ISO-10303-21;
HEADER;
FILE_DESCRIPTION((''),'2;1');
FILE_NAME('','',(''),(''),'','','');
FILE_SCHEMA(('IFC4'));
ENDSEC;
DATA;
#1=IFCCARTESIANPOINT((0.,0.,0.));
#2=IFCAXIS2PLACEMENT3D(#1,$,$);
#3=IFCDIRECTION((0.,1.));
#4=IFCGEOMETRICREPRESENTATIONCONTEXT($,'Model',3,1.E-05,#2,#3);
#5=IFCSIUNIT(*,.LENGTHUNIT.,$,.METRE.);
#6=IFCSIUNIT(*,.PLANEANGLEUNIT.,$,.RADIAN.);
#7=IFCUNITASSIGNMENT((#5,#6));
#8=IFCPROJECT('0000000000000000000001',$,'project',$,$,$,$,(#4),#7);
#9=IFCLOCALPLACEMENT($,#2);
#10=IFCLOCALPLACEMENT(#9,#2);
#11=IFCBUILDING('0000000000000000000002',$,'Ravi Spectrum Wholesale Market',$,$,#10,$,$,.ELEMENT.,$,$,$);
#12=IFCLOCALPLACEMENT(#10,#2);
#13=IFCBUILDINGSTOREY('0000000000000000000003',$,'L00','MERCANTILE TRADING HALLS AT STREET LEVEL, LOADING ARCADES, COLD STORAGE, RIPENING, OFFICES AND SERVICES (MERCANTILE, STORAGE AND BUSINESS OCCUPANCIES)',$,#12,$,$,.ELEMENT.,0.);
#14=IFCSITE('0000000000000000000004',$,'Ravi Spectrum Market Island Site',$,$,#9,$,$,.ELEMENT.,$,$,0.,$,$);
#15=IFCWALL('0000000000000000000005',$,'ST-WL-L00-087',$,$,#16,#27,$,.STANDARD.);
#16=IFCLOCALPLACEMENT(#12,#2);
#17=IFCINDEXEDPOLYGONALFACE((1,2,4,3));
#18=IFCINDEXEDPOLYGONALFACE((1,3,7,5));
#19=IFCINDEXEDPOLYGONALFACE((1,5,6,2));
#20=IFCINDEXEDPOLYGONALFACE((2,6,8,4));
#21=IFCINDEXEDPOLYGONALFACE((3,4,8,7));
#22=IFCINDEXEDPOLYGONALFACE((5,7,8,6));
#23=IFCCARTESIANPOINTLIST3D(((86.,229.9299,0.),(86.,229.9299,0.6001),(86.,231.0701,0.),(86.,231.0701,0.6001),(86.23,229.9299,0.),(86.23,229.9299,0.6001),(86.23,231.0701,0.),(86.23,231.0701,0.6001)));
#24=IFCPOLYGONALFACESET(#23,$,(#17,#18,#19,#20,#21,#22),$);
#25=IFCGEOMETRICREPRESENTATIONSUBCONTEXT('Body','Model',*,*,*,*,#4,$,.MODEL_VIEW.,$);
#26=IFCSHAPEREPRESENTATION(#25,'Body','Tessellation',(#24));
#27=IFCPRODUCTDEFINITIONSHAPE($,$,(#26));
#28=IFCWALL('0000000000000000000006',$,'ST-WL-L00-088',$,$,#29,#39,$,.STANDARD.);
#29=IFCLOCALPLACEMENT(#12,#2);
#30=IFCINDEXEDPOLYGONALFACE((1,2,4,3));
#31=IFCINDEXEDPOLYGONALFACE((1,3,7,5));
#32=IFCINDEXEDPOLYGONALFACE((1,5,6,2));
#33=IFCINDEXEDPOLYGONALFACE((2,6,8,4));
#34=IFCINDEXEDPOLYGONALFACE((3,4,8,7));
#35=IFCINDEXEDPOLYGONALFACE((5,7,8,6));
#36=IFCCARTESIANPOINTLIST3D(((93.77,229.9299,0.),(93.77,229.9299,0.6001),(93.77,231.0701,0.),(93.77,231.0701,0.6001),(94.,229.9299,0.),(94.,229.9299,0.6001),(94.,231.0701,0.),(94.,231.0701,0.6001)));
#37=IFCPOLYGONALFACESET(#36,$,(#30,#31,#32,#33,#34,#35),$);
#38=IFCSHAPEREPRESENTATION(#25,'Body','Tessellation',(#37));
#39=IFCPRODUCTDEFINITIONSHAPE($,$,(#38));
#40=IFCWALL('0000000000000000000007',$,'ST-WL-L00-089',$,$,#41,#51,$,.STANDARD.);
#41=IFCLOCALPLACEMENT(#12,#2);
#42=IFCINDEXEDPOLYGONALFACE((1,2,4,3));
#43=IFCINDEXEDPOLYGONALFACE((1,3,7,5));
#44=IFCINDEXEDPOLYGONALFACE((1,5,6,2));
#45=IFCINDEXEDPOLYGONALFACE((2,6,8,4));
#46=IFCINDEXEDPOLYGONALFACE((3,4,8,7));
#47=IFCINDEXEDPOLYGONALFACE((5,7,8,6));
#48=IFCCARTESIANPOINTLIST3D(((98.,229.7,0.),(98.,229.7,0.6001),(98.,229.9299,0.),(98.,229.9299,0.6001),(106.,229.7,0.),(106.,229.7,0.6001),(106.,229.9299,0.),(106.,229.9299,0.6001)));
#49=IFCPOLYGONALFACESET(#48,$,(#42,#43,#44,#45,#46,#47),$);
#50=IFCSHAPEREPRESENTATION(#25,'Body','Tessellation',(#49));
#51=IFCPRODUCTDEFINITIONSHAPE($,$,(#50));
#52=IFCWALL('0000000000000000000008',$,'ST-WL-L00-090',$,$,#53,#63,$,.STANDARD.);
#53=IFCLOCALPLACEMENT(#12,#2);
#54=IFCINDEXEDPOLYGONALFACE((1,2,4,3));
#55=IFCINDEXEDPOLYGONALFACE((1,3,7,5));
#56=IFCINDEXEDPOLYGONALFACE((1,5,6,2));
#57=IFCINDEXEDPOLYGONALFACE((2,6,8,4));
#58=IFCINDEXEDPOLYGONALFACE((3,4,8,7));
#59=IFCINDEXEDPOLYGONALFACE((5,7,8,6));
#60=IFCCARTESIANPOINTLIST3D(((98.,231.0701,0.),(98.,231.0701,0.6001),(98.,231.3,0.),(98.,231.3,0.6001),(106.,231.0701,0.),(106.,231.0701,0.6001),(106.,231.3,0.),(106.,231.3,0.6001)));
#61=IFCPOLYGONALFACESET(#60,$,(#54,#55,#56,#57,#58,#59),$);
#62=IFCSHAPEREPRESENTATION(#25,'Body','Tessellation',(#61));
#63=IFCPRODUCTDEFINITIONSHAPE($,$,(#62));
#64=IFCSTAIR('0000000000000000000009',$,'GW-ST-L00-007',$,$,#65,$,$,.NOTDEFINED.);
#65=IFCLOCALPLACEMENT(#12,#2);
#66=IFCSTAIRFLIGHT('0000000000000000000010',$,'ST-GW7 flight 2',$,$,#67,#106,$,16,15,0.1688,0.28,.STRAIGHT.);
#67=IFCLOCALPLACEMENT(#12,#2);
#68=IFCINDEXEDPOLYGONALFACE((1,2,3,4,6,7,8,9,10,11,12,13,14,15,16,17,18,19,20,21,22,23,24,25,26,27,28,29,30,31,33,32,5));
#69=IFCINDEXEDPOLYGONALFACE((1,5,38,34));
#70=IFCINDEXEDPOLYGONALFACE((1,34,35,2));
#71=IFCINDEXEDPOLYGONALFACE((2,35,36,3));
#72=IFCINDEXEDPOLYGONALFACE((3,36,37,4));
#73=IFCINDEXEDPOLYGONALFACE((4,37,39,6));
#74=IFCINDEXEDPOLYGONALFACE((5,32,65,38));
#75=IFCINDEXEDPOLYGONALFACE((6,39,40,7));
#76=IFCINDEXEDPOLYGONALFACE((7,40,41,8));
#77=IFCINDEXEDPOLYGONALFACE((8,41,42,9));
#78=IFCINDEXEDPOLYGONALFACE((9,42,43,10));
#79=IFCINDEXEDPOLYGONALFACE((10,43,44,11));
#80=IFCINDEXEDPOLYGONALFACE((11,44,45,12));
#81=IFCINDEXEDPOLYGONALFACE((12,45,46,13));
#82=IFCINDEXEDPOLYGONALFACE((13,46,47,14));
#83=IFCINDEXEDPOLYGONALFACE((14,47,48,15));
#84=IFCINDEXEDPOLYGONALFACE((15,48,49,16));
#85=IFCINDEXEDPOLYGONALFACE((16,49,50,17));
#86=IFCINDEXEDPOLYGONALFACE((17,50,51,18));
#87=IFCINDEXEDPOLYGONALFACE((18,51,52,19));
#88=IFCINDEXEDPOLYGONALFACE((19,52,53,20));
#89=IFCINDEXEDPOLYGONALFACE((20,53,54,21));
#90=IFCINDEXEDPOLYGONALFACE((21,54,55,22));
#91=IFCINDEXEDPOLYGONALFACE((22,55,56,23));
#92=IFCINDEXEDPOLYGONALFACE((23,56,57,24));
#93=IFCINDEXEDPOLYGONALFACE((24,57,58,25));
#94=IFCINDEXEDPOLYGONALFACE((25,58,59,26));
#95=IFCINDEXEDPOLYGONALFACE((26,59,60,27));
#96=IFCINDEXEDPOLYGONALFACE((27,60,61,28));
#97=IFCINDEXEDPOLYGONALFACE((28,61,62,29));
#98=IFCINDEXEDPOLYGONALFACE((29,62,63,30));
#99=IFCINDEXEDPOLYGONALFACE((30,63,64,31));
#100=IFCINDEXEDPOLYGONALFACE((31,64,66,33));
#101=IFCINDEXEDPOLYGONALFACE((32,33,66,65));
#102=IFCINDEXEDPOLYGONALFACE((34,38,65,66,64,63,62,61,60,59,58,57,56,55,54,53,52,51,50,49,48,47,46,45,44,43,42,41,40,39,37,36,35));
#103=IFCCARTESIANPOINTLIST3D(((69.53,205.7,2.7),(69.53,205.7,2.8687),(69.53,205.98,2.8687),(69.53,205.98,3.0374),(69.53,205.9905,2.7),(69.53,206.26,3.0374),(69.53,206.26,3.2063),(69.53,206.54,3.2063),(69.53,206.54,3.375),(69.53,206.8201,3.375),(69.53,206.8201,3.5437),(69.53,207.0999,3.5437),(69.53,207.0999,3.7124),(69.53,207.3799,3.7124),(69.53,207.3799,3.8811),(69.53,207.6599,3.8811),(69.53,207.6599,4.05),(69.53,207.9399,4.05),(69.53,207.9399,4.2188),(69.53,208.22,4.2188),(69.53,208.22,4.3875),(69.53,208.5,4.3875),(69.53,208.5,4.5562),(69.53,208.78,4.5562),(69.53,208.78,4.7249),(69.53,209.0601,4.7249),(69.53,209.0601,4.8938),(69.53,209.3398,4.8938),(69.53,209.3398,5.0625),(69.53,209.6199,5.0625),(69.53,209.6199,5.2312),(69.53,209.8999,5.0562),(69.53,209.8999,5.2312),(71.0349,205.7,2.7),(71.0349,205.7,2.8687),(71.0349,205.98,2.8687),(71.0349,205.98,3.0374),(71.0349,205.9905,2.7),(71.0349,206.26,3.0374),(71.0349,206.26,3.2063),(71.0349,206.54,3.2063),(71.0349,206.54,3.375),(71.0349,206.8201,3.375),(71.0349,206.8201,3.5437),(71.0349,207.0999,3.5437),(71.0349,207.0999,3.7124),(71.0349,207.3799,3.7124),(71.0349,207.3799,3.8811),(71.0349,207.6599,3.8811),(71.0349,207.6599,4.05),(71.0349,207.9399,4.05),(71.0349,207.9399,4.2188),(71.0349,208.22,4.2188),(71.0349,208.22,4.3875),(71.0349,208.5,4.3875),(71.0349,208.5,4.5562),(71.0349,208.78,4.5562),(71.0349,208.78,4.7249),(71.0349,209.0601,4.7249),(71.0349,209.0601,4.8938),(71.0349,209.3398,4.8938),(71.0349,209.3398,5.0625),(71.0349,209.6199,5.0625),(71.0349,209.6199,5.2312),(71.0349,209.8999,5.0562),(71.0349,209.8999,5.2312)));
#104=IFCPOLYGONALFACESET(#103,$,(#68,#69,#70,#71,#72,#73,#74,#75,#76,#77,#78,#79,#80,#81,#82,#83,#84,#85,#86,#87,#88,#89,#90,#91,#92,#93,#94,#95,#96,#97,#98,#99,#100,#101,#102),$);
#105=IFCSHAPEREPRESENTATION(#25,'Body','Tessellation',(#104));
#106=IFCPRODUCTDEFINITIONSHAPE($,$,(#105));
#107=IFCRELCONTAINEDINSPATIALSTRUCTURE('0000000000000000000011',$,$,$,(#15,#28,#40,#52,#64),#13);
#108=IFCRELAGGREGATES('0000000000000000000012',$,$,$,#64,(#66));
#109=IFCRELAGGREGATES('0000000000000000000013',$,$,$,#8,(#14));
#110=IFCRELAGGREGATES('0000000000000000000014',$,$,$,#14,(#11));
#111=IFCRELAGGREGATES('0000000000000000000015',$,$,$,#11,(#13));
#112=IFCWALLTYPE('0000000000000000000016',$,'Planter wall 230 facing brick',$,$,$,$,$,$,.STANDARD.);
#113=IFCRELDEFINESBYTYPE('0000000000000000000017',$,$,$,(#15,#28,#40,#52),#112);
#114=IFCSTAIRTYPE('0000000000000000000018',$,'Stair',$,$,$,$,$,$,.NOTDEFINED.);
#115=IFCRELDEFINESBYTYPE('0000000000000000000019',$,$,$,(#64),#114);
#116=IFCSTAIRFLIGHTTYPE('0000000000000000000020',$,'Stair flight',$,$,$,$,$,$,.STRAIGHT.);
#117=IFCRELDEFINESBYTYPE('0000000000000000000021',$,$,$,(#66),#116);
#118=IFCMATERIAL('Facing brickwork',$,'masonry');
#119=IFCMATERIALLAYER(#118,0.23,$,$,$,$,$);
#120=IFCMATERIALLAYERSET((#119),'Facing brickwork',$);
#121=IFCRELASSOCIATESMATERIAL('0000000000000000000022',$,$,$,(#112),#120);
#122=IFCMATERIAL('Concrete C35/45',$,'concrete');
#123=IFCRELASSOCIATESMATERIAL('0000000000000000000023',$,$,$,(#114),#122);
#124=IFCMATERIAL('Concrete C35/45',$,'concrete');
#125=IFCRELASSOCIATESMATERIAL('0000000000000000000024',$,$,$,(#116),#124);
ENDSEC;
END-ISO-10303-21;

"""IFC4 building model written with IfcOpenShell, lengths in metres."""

from ifc_helpers import new_model, si_unit, direction, frame, frame_2d, origin, place, context, subcontext, project, spatial, polyline, rectangle, outline, extrude, material, layer, layer_set, type_object, element, aggregate, save


model = new_model("IFC4")

# Units and contexts
model_context = context("Model", 3, precision=1e-05, world=origin(), true_north=direction((0.0, 1.0)))
body_context = subcontext(model_context, "Body", "Model", "MODEL_VIEW")
ifc_project = project(units=[si_unit("LENGTHUNIT", "METRE"), si_unit("PLANEANGLEUNIT", "RADIAN")], contexts=[model_context])

# Site, building, storey
site_placement = place(None, origin())
site = spatial("IfcSite", under=ifc_project, at=site_placement, Name="Ravi Spectrum Market Island Site", CompositionType="ELEMENT", RefElevation=0.0)
building_placement = place(site_placement, origin())
building = spatial("IfcBuilding", under=site, at=building_placement, Name="Ravi Spectrum Wholesale Market", CompositionType="ELEMENT")
storey_placement = place(building_placement, origin())
storey = spatial("IfcBuildingStorey", under=building, at=storey_placement, Name="L00", Description="MERCANTILE TRADING HALLS AT STREET LEVEL, LOADING ARCADES, COLD STORAGE, RIPENING, OFFICES AND SERVICES (MERCANTILE, STORAGE AND BUSINESS OCCUPANCIES)", CompositionType="ELEMENT", Elevation=0.0)

# Walls
ifc_material_1 = material(Name="Facing brickwork", Category="masonry")
ifc_layer_1 = layer(ifc_material_1, 0.23)
ifc_layer_set_1 = layer_set([ifc_layer_1], Name="Facing brickwork")
wall_type_1 = type_object("IfcWallType", Name="Planter wall 230 facing brick", PredefinedType="STANDARD", material=ifc_layer_set_1)
for number, where, z_axis, x_axis, name in (
    (1, (86.115, 229.9299, 0.0), (0.0, 0.0, 1.0), (0.0, 1.0, 0.0), "ST-WL-L00-087"),
    (2, (93.885, 229.9299, 0.0), (0.0, 0.0, 1.0), (0.0, 1.0, 0.0), "ST-WL-L00-088"),
):
    element("IfcWall", number, at=place(storey_placement, frame(where, z_axis=z_axis, x_axis=x_axis)), inside=storey, type_object=wall_type_1, Name=name, PredefinedType="STANDARD", context=body_context, shape_type="SweptSolid", body=[
        extrude(rectangle(XDim=1.1401, YDim=0.23, at=frame_2d((0.5701, 0.0))), origin(), (0.0, 0.0, 1.0), 0.6001),
    ])
for number, where, z_axis, x_axis, name in (
    (3, (98.0, 229.8149, 0.0), (0.0, 0.0, 1.0), (1.0, 0.0, 0.0), "ST-WL-L00-089"),
    (4, (98.0, 231.1851, 0.0), (0.0, 0.0, 1.0), (1.0, 0.0, 0.0), "ST-WL-L00-090"),
):
    element("IfcWall", number, at=place(storey_placement, frame(where, z_axis=z_axis, x_axis=x_axis)), inside=storey, type_object=wall_type_1, Name=name, PredefinedType="STANDARD", context=body_context, shape_type="SweptSolid", body=[
        extrude(rectangle(XDim=8.0, YDim=0.23, at=frame_2d((4.0, 0.0))), origin(), (0.0, 0.0, 1.0), 0.6001),
    ])

# Stair, stair flight
ifc_material_2 = material(Name="Concrete C35/45", Category="concrete")
stair_type = type_object("IfcStairType", Name="Stair", PredefinedType="NOTDEFINED", material=ifc_material_2)
stair_placement = place(storey_placement, origin())
stair = element("IfcStair", 5, at=stair_placement, inside=storey, type_object=stair_type, Name="GW-ST-L00-007", PredefinedType="NOTDEFINED")
ifc_material_3 = material(Name="Concrete C35/45", Category="concrete")
stair_flight_type = type_object("IfcStairFlightType", Name="Stair flight", PredefinedType="STRAIGHT", material=ifc_material_3)
stair_flight_placement = place(storey_placement, frame((70.2825, 205.7, 2.7), z_axis=(0.0, 0.0, 1.0), x_axis=(0.0, 1.0, 0.0)))
stair_flight = element("IfcStairFlight", 6, at=stair_flight_placement, type_object=stair_flight_type, Name="ST-GW7 flight 2", NumberOfRisers=16, NumberOfTreads=15, PredefinedType="STRAIGHT", RiserHeight=0.1688, TreadLength=0.28, context=body_context, shape_type="SweptSolid", body=[
    extrude(outline(polyline([(0.0, 0.0), (0.0, 0.1687), (0.28, 0.1687), (0.28, 0.3374), (0.5601, 0.3374), (0.5601, 0.5063), (0.8401, 0.5063), (0.8401, 0.675), (1.1201, 0.675), (1.1201, 0.8438), (1.3999, 0.8438), (1.3999, 1.0125), (1.6799, 1.0125), (1.6799, 1.1812), (1.96, 1.1812), (1.96, 1.3501), (2.24, 1.3501), (2.24, 1.5188), (2.52, 1.5188), (2.52, 1.6875), (2.8, 1.6875), (2.8, 1.8562), (3.0801, 1.8562), (3.0801, 2.0249), (3.3601, 2.0249), (3.3601, 2.1938), (3.6399, 2.1938), (3.6399, 2.3625), (3.9199, 2.3625), (3.9199, 2.5312), (4.2, 2.5312), (4.2, 2.7), (4.2, 2.3562), (0.2905, 0.0), (0.0, 0.0)])), frame((0.0, 0.7524, 0.0), z_axis=(0.0, -1.0, 0.0), x_axis=(1.0, 0.0, 0.0)), (0.0, 0.0, 1.0), 1.5049),
])
aggregate(stair, [stair_flight])

save(model, "model.ifc")
